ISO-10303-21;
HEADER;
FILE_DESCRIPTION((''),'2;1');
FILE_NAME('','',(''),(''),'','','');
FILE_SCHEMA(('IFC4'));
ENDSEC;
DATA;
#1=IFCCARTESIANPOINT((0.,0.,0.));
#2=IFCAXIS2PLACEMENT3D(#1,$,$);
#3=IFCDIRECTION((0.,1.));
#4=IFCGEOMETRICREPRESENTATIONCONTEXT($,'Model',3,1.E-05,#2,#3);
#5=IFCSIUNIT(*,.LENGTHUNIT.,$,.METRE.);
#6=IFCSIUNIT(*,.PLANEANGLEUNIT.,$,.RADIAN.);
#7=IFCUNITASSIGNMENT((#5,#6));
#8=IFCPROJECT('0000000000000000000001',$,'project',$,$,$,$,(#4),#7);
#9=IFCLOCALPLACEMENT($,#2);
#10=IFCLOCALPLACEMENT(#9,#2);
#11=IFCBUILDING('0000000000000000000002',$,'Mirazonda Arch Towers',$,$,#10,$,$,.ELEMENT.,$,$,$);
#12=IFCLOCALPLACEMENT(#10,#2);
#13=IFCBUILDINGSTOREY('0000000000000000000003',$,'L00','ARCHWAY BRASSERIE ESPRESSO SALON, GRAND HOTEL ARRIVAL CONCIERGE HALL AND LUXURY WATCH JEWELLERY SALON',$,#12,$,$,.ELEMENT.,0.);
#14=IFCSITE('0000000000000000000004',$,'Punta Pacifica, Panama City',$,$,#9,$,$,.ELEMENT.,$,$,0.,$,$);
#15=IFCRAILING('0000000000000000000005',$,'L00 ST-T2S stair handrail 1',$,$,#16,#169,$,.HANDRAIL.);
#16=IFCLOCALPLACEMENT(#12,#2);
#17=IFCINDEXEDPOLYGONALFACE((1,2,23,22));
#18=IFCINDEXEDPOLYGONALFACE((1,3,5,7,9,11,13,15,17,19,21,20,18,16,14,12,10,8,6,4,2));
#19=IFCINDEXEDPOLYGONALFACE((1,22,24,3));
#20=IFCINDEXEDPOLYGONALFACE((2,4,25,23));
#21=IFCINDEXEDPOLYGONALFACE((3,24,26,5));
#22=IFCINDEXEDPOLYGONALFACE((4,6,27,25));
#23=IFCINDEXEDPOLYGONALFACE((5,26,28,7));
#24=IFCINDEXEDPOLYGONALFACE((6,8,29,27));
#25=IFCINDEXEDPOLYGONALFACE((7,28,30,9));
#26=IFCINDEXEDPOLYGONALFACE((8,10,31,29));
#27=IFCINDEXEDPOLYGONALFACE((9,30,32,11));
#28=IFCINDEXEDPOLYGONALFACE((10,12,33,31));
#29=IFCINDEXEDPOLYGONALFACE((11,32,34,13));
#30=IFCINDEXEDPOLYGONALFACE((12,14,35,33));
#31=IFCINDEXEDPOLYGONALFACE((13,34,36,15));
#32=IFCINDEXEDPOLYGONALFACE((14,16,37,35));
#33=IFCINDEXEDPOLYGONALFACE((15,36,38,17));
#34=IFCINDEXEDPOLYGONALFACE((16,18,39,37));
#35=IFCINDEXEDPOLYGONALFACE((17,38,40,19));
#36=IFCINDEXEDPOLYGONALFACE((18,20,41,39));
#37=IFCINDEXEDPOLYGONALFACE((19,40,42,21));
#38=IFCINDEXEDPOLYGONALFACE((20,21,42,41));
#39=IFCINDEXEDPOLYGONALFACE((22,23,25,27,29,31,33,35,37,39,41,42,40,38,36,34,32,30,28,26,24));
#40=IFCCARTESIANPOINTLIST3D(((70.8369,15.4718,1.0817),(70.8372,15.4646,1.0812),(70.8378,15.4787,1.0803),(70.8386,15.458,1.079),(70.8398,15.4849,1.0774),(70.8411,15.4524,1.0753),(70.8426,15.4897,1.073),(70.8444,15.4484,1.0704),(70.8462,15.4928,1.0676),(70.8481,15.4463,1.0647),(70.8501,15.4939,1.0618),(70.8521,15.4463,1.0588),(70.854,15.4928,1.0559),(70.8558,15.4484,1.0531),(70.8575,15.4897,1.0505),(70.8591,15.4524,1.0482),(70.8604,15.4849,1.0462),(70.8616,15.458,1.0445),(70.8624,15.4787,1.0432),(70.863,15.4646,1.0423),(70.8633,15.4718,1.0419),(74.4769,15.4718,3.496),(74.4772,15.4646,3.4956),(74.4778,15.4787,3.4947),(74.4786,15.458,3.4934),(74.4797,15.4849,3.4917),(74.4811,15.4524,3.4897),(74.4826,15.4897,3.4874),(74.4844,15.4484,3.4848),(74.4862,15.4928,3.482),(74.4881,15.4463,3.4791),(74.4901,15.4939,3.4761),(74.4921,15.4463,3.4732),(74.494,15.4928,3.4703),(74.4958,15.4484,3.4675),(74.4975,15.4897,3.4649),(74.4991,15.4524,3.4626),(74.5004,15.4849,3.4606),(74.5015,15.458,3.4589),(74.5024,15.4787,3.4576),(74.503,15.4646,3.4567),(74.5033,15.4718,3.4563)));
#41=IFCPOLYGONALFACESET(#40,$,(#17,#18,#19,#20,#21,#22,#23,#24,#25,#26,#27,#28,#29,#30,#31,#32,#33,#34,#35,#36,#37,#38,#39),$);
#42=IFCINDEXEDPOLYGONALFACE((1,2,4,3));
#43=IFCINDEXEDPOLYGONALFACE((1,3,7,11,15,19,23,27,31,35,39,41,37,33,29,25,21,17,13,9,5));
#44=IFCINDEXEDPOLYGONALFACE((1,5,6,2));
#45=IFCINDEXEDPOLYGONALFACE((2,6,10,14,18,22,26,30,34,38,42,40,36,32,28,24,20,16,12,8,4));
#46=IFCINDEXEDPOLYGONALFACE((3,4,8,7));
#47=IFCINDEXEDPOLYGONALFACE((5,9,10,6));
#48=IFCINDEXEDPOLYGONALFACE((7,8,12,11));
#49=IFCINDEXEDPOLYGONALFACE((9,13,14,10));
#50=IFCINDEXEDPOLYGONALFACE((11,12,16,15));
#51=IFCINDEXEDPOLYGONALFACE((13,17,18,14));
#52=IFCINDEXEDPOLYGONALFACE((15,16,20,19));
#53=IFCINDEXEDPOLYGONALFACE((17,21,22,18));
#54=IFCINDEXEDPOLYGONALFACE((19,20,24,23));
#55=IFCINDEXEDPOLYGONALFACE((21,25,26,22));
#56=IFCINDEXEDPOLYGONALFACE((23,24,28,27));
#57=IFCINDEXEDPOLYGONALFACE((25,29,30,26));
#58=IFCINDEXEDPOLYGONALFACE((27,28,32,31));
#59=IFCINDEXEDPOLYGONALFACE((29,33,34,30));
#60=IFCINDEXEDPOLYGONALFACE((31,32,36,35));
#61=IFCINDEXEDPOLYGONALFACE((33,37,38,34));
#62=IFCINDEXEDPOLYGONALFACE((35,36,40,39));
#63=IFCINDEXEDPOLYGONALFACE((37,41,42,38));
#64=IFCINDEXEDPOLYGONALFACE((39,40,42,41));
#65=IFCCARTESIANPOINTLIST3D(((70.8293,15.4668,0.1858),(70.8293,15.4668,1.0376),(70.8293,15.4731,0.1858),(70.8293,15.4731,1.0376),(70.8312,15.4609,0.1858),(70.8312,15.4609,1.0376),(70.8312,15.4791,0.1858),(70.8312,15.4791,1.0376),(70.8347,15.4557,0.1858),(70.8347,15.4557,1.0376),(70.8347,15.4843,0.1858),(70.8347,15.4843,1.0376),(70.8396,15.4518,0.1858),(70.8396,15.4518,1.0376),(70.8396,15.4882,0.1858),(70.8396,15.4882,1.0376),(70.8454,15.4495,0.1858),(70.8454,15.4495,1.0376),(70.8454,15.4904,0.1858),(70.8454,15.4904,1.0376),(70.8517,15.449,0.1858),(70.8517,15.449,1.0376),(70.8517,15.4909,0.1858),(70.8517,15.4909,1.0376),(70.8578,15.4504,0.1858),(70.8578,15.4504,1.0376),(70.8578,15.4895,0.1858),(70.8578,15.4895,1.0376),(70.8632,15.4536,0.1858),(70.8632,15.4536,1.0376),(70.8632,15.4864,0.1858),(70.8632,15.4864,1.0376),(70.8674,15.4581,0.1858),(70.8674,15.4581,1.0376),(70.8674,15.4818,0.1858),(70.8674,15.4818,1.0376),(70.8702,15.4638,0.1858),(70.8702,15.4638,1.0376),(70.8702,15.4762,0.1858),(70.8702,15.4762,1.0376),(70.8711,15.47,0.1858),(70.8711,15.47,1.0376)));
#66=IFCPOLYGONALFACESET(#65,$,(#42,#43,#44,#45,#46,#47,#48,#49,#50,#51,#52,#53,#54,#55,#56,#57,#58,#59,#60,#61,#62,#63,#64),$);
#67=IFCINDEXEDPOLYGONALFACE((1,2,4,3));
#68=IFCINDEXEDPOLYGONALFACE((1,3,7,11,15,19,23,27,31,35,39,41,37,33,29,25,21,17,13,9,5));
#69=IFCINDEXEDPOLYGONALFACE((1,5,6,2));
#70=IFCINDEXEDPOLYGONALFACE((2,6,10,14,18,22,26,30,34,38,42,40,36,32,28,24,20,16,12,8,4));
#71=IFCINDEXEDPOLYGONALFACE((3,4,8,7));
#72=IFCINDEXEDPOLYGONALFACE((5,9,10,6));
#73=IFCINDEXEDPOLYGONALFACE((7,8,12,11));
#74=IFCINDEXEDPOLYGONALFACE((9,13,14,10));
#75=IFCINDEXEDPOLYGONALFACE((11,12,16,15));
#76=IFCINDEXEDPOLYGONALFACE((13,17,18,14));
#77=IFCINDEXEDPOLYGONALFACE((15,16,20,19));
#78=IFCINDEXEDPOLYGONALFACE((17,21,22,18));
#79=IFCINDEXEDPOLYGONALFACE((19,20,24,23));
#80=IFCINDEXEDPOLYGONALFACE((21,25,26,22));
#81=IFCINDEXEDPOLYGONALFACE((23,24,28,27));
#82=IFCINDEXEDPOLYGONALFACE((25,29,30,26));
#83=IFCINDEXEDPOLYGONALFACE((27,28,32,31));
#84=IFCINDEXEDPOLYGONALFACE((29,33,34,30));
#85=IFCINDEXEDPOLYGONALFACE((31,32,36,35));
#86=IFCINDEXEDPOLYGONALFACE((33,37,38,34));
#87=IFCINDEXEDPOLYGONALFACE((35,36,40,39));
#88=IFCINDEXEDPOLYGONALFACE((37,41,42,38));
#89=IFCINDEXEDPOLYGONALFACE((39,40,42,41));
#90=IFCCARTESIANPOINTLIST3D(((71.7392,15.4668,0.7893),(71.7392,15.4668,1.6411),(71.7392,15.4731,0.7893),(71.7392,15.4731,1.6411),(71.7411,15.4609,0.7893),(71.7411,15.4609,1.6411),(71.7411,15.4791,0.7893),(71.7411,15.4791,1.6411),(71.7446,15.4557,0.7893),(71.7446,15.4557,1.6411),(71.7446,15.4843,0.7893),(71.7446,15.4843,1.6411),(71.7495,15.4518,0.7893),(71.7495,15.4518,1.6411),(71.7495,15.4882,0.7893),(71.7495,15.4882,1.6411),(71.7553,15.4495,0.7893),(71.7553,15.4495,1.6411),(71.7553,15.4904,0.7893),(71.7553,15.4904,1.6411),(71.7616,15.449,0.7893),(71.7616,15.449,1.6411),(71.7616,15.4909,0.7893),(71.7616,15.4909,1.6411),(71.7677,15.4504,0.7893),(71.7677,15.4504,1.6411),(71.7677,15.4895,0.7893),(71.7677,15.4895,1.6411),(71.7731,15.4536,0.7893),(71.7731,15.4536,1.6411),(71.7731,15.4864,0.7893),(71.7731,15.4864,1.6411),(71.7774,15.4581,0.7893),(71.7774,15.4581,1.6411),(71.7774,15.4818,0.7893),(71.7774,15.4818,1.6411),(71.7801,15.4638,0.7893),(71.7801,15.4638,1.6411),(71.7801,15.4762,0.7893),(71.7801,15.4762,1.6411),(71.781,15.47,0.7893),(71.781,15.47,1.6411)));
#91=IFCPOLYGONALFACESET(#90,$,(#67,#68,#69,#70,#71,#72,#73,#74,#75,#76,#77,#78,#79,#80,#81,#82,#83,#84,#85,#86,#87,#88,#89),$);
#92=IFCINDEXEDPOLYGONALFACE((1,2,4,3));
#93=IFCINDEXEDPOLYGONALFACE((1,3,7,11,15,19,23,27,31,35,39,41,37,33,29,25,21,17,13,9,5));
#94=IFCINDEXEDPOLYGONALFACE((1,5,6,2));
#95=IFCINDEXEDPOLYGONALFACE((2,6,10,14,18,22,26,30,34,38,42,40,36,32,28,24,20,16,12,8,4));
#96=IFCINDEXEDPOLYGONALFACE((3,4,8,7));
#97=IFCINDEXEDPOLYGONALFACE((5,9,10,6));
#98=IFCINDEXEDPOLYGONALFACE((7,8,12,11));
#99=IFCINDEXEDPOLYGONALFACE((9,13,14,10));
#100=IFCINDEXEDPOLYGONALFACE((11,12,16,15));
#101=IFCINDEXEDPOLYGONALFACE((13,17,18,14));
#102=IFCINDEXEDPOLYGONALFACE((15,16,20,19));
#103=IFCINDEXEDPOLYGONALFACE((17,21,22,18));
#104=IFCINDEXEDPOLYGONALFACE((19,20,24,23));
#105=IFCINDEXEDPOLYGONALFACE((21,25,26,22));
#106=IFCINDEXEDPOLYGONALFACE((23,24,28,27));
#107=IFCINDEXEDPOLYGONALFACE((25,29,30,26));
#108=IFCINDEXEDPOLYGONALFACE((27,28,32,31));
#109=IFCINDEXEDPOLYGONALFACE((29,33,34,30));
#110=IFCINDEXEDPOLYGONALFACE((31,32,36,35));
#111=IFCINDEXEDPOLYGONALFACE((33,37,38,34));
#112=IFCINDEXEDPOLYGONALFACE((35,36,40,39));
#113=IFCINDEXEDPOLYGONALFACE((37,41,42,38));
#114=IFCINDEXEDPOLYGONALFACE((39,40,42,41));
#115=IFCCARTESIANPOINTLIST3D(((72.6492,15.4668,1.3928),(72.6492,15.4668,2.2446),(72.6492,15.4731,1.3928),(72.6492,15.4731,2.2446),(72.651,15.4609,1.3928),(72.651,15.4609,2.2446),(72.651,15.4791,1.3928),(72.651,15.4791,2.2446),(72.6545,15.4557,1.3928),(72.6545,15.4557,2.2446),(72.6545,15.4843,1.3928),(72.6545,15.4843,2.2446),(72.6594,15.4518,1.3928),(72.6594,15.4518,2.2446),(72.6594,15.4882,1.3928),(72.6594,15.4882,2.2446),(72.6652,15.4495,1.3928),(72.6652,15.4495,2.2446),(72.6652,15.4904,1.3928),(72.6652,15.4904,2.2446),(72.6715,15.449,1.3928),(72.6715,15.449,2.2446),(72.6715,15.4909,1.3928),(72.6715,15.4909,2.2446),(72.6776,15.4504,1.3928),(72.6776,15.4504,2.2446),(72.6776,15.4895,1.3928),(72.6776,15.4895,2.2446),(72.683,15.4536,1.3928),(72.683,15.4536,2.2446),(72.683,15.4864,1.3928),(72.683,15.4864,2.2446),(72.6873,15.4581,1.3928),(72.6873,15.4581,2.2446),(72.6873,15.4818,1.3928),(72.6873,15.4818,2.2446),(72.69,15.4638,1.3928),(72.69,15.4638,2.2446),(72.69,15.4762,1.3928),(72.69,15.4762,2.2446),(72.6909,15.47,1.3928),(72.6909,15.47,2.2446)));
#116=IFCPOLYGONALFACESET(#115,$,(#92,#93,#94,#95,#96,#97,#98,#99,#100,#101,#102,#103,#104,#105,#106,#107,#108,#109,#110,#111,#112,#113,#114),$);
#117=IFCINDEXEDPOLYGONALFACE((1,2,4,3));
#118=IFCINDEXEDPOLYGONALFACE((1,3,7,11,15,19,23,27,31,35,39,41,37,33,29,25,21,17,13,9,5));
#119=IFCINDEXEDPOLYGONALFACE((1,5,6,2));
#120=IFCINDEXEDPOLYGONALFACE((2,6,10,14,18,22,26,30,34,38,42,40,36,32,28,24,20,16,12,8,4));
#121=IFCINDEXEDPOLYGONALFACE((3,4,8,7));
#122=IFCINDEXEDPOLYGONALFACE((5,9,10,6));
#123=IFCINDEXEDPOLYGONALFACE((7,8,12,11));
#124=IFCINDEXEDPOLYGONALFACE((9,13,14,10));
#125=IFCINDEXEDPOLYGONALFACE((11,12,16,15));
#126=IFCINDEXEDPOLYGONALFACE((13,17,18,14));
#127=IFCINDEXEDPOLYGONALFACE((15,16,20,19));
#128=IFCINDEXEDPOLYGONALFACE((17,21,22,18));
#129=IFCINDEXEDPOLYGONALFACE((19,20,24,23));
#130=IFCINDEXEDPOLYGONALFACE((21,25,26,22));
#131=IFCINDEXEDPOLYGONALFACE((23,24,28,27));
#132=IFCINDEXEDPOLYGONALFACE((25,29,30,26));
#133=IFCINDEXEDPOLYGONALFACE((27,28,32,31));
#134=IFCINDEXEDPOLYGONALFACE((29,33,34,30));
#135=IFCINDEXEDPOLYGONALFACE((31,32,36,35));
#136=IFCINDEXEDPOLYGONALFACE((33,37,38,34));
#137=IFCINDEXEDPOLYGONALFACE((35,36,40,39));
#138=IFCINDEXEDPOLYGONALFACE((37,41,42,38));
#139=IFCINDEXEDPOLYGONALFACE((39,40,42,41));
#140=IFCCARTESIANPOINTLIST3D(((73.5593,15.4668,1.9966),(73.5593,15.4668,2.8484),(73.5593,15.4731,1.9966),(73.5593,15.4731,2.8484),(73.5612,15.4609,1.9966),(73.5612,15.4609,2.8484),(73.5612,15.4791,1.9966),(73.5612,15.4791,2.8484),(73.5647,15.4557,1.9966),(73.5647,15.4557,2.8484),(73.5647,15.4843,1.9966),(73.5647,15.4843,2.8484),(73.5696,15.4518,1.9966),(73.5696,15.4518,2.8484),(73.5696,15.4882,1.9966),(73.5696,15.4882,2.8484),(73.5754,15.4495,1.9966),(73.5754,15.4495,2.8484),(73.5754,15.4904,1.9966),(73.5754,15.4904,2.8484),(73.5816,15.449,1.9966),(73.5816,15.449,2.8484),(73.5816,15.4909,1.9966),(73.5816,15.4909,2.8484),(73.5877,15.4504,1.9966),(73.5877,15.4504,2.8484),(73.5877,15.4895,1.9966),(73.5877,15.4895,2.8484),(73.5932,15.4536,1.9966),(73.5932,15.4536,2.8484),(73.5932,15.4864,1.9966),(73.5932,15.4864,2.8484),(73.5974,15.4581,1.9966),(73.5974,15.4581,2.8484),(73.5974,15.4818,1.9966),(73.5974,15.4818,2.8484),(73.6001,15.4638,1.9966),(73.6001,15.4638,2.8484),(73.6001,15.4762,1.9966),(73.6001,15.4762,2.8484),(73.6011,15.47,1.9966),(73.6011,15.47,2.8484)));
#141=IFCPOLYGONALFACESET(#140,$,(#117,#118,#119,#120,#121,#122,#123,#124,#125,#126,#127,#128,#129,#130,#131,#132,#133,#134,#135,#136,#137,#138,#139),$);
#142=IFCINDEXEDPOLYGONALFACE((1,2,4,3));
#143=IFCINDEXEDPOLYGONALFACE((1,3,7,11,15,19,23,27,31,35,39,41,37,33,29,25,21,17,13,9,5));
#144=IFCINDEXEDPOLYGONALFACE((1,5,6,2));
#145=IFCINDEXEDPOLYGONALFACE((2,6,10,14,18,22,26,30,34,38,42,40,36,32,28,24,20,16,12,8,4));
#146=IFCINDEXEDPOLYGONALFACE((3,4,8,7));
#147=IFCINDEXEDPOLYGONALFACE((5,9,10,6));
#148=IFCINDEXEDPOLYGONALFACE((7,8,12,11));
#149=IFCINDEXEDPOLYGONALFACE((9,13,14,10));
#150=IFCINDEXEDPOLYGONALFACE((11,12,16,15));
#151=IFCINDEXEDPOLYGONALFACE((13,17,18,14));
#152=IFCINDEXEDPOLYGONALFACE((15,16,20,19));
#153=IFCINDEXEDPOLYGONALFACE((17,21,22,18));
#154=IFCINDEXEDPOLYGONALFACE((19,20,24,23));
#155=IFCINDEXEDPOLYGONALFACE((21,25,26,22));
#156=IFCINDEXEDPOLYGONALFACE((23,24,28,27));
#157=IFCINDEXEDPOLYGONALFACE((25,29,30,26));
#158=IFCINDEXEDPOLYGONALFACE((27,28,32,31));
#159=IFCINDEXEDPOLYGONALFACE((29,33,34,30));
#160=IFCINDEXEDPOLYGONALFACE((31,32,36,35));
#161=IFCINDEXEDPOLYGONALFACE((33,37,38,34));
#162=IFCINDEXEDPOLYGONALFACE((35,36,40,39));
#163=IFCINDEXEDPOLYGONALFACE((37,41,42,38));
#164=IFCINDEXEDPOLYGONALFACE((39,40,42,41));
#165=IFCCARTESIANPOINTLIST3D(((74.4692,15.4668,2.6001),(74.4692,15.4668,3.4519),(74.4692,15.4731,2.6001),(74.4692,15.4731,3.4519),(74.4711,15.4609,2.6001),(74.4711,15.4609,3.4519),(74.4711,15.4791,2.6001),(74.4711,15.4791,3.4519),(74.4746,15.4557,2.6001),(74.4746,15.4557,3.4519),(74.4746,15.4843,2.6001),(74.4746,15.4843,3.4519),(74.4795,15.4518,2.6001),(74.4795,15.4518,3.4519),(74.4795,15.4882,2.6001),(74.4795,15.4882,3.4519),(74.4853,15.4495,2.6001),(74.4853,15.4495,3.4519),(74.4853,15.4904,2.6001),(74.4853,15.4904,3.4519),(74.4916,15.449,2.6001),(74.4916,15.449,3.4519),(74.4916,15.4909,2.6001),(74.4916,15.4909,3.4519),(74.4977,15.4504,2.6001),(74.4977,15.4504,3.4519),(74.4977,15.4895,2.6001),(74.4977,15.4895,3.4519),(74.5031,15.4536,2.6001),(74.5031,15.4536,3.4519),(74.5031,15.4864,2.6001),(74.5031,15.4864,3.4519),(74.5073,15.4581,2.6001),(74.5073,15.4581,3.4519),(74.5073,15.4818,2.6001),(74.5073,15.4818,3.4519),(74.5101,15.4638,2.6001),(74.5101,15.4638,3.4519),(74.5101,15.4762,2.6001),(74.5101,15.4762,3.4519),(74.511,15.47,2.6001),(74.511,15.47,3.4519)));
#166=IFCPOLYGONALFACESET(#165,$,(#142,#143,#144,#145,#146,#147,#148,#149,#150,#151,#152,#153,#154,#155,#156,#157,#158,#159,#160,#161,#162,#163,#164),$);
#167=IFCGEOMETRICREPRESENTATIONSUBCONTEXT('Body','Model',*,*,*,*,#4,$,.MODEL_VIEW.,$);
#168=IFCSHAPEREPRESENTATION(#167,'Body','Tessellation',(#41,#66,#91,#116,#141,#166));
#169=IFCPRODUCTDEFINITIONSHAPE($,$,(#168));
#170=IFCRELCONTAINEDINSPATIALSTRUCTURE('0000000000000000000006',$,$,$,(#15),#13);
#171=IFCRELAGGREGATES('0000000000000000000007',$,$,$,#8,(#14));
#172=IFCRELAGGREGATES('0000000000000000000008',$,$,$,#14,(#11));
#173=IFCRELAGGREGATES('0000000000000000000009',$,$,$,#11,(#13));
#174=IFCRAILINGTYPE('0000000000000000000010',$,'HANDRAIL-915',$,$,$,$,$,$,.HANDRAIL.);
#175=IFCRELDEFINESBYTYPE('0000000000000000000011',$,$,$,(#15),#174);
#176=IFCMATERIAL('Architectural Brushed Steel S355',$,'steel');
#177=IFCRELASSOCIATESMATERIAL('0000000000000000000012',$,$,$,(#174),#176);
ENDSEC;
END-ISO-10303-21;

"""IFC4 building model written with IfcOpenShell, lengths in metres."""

from ifc_helpers import new_model, si_unit, direction, frame, origin, origin_2d, place, context, subcontext, project, spatial, circle, extrude, material, type_object, element, save


model = new_model("IFC4")

# Units and contexts
model_context = context("Model", 3, precision=1e-05, world=origin(), true_north=direction((0.0, 1.0)))
body_context = subcontext(model_context, "Body", "Model", "MODEL_VIEW")
ifc_project = project(units=[si_unit("LENGTHUNIT", "METRE"), si_unit("PLANEANGLEUNIT", "RADIAN")], contexts=[model_context])

# Site, building, storey
site_placement = place(None, origin())
site = spatial("IfcSite", under=ifc_project, at=site_placement, Name="Punta Pacifica, Panama City", CompositionType="ELEMENT", RefElevation=0.0)
building_placement = place(site_placement, origin())
building = spatial("IfcBuilding", under=site, at=building_placement, Name="Mirazonda Arch Towers", CompositionType="ELEMENT")
storey_placement = place(building_placement, origin())
storey = spatial("IfcBuildingStorey", under=building, at=storey_placement, Name="L00", Description="ARCHWAY BRASSERIE ESPRESSO SALON, GRAND HOTEL ARRIVAL CONCIERGE HALL AND LUXURY WATCH JEWELLERY SALON", CompositionType="ELEMENT", Elevation=0.0)

# Shared definitions
ifc_material_1 = material(Name="Architectural Brushed Steel S355", Category="steel")

# Railing
railing_type_1 = type_object("IfcRailingType", Name="HANDRAIL-915", PredefinedType="HANDRAIL", material=ifc_material_1)
railing_1_placement = place(storey_placement, frame((70.8501, 15.47, 0.1858)))
element("IfcRailing", 1, at=railing_1_placement, inside=storey, type_object=railing_type_1, Name="L00 ST-T2S stair handrail 1", PredefinedType="HANDRAIL", context=body_context, shape_type="SweptSolid", body=[
    extrude(circle(Radius=0.0239, at=origin_2d()), frame((0.0, 0.0, 0.876), z_axis=(0.833347, 0.0, 0.552751), x_axis=(0.0, 1.0, 0.0)), (0.0, 0.0, 1.0), 4.3679),
    extrude(circle(Radius=0.021, at=origin_2d()), origin(), (0.0, 0.0, 1.0), 0.8518),
    extrude(circle(Radius=0.021, at=origin_2d()), frame((0.9099, 0.0, 0.6035)), (0.0, 0.0, 1.0), 0.8518),
    extrude(circle(Radius=0.021, at=origin_2d()), frame((1.8198, 0.0, 1.207)), (0.0, 0.0, 1.0), 0.8518),
    extrude(circle(Radius=0.021, at=origin_2d()), frame((2.73, 0.0, 1.8108)), (0.0, 0.0, 1.0), 0.8518),
    extrude(circle(Radius=0.021, at=origin_2d()), frame((3.6399, 0.0, 2.4143)), (0.0, 0.0, 1.0), 0.8518),
])

save(model, "model.ifc")
